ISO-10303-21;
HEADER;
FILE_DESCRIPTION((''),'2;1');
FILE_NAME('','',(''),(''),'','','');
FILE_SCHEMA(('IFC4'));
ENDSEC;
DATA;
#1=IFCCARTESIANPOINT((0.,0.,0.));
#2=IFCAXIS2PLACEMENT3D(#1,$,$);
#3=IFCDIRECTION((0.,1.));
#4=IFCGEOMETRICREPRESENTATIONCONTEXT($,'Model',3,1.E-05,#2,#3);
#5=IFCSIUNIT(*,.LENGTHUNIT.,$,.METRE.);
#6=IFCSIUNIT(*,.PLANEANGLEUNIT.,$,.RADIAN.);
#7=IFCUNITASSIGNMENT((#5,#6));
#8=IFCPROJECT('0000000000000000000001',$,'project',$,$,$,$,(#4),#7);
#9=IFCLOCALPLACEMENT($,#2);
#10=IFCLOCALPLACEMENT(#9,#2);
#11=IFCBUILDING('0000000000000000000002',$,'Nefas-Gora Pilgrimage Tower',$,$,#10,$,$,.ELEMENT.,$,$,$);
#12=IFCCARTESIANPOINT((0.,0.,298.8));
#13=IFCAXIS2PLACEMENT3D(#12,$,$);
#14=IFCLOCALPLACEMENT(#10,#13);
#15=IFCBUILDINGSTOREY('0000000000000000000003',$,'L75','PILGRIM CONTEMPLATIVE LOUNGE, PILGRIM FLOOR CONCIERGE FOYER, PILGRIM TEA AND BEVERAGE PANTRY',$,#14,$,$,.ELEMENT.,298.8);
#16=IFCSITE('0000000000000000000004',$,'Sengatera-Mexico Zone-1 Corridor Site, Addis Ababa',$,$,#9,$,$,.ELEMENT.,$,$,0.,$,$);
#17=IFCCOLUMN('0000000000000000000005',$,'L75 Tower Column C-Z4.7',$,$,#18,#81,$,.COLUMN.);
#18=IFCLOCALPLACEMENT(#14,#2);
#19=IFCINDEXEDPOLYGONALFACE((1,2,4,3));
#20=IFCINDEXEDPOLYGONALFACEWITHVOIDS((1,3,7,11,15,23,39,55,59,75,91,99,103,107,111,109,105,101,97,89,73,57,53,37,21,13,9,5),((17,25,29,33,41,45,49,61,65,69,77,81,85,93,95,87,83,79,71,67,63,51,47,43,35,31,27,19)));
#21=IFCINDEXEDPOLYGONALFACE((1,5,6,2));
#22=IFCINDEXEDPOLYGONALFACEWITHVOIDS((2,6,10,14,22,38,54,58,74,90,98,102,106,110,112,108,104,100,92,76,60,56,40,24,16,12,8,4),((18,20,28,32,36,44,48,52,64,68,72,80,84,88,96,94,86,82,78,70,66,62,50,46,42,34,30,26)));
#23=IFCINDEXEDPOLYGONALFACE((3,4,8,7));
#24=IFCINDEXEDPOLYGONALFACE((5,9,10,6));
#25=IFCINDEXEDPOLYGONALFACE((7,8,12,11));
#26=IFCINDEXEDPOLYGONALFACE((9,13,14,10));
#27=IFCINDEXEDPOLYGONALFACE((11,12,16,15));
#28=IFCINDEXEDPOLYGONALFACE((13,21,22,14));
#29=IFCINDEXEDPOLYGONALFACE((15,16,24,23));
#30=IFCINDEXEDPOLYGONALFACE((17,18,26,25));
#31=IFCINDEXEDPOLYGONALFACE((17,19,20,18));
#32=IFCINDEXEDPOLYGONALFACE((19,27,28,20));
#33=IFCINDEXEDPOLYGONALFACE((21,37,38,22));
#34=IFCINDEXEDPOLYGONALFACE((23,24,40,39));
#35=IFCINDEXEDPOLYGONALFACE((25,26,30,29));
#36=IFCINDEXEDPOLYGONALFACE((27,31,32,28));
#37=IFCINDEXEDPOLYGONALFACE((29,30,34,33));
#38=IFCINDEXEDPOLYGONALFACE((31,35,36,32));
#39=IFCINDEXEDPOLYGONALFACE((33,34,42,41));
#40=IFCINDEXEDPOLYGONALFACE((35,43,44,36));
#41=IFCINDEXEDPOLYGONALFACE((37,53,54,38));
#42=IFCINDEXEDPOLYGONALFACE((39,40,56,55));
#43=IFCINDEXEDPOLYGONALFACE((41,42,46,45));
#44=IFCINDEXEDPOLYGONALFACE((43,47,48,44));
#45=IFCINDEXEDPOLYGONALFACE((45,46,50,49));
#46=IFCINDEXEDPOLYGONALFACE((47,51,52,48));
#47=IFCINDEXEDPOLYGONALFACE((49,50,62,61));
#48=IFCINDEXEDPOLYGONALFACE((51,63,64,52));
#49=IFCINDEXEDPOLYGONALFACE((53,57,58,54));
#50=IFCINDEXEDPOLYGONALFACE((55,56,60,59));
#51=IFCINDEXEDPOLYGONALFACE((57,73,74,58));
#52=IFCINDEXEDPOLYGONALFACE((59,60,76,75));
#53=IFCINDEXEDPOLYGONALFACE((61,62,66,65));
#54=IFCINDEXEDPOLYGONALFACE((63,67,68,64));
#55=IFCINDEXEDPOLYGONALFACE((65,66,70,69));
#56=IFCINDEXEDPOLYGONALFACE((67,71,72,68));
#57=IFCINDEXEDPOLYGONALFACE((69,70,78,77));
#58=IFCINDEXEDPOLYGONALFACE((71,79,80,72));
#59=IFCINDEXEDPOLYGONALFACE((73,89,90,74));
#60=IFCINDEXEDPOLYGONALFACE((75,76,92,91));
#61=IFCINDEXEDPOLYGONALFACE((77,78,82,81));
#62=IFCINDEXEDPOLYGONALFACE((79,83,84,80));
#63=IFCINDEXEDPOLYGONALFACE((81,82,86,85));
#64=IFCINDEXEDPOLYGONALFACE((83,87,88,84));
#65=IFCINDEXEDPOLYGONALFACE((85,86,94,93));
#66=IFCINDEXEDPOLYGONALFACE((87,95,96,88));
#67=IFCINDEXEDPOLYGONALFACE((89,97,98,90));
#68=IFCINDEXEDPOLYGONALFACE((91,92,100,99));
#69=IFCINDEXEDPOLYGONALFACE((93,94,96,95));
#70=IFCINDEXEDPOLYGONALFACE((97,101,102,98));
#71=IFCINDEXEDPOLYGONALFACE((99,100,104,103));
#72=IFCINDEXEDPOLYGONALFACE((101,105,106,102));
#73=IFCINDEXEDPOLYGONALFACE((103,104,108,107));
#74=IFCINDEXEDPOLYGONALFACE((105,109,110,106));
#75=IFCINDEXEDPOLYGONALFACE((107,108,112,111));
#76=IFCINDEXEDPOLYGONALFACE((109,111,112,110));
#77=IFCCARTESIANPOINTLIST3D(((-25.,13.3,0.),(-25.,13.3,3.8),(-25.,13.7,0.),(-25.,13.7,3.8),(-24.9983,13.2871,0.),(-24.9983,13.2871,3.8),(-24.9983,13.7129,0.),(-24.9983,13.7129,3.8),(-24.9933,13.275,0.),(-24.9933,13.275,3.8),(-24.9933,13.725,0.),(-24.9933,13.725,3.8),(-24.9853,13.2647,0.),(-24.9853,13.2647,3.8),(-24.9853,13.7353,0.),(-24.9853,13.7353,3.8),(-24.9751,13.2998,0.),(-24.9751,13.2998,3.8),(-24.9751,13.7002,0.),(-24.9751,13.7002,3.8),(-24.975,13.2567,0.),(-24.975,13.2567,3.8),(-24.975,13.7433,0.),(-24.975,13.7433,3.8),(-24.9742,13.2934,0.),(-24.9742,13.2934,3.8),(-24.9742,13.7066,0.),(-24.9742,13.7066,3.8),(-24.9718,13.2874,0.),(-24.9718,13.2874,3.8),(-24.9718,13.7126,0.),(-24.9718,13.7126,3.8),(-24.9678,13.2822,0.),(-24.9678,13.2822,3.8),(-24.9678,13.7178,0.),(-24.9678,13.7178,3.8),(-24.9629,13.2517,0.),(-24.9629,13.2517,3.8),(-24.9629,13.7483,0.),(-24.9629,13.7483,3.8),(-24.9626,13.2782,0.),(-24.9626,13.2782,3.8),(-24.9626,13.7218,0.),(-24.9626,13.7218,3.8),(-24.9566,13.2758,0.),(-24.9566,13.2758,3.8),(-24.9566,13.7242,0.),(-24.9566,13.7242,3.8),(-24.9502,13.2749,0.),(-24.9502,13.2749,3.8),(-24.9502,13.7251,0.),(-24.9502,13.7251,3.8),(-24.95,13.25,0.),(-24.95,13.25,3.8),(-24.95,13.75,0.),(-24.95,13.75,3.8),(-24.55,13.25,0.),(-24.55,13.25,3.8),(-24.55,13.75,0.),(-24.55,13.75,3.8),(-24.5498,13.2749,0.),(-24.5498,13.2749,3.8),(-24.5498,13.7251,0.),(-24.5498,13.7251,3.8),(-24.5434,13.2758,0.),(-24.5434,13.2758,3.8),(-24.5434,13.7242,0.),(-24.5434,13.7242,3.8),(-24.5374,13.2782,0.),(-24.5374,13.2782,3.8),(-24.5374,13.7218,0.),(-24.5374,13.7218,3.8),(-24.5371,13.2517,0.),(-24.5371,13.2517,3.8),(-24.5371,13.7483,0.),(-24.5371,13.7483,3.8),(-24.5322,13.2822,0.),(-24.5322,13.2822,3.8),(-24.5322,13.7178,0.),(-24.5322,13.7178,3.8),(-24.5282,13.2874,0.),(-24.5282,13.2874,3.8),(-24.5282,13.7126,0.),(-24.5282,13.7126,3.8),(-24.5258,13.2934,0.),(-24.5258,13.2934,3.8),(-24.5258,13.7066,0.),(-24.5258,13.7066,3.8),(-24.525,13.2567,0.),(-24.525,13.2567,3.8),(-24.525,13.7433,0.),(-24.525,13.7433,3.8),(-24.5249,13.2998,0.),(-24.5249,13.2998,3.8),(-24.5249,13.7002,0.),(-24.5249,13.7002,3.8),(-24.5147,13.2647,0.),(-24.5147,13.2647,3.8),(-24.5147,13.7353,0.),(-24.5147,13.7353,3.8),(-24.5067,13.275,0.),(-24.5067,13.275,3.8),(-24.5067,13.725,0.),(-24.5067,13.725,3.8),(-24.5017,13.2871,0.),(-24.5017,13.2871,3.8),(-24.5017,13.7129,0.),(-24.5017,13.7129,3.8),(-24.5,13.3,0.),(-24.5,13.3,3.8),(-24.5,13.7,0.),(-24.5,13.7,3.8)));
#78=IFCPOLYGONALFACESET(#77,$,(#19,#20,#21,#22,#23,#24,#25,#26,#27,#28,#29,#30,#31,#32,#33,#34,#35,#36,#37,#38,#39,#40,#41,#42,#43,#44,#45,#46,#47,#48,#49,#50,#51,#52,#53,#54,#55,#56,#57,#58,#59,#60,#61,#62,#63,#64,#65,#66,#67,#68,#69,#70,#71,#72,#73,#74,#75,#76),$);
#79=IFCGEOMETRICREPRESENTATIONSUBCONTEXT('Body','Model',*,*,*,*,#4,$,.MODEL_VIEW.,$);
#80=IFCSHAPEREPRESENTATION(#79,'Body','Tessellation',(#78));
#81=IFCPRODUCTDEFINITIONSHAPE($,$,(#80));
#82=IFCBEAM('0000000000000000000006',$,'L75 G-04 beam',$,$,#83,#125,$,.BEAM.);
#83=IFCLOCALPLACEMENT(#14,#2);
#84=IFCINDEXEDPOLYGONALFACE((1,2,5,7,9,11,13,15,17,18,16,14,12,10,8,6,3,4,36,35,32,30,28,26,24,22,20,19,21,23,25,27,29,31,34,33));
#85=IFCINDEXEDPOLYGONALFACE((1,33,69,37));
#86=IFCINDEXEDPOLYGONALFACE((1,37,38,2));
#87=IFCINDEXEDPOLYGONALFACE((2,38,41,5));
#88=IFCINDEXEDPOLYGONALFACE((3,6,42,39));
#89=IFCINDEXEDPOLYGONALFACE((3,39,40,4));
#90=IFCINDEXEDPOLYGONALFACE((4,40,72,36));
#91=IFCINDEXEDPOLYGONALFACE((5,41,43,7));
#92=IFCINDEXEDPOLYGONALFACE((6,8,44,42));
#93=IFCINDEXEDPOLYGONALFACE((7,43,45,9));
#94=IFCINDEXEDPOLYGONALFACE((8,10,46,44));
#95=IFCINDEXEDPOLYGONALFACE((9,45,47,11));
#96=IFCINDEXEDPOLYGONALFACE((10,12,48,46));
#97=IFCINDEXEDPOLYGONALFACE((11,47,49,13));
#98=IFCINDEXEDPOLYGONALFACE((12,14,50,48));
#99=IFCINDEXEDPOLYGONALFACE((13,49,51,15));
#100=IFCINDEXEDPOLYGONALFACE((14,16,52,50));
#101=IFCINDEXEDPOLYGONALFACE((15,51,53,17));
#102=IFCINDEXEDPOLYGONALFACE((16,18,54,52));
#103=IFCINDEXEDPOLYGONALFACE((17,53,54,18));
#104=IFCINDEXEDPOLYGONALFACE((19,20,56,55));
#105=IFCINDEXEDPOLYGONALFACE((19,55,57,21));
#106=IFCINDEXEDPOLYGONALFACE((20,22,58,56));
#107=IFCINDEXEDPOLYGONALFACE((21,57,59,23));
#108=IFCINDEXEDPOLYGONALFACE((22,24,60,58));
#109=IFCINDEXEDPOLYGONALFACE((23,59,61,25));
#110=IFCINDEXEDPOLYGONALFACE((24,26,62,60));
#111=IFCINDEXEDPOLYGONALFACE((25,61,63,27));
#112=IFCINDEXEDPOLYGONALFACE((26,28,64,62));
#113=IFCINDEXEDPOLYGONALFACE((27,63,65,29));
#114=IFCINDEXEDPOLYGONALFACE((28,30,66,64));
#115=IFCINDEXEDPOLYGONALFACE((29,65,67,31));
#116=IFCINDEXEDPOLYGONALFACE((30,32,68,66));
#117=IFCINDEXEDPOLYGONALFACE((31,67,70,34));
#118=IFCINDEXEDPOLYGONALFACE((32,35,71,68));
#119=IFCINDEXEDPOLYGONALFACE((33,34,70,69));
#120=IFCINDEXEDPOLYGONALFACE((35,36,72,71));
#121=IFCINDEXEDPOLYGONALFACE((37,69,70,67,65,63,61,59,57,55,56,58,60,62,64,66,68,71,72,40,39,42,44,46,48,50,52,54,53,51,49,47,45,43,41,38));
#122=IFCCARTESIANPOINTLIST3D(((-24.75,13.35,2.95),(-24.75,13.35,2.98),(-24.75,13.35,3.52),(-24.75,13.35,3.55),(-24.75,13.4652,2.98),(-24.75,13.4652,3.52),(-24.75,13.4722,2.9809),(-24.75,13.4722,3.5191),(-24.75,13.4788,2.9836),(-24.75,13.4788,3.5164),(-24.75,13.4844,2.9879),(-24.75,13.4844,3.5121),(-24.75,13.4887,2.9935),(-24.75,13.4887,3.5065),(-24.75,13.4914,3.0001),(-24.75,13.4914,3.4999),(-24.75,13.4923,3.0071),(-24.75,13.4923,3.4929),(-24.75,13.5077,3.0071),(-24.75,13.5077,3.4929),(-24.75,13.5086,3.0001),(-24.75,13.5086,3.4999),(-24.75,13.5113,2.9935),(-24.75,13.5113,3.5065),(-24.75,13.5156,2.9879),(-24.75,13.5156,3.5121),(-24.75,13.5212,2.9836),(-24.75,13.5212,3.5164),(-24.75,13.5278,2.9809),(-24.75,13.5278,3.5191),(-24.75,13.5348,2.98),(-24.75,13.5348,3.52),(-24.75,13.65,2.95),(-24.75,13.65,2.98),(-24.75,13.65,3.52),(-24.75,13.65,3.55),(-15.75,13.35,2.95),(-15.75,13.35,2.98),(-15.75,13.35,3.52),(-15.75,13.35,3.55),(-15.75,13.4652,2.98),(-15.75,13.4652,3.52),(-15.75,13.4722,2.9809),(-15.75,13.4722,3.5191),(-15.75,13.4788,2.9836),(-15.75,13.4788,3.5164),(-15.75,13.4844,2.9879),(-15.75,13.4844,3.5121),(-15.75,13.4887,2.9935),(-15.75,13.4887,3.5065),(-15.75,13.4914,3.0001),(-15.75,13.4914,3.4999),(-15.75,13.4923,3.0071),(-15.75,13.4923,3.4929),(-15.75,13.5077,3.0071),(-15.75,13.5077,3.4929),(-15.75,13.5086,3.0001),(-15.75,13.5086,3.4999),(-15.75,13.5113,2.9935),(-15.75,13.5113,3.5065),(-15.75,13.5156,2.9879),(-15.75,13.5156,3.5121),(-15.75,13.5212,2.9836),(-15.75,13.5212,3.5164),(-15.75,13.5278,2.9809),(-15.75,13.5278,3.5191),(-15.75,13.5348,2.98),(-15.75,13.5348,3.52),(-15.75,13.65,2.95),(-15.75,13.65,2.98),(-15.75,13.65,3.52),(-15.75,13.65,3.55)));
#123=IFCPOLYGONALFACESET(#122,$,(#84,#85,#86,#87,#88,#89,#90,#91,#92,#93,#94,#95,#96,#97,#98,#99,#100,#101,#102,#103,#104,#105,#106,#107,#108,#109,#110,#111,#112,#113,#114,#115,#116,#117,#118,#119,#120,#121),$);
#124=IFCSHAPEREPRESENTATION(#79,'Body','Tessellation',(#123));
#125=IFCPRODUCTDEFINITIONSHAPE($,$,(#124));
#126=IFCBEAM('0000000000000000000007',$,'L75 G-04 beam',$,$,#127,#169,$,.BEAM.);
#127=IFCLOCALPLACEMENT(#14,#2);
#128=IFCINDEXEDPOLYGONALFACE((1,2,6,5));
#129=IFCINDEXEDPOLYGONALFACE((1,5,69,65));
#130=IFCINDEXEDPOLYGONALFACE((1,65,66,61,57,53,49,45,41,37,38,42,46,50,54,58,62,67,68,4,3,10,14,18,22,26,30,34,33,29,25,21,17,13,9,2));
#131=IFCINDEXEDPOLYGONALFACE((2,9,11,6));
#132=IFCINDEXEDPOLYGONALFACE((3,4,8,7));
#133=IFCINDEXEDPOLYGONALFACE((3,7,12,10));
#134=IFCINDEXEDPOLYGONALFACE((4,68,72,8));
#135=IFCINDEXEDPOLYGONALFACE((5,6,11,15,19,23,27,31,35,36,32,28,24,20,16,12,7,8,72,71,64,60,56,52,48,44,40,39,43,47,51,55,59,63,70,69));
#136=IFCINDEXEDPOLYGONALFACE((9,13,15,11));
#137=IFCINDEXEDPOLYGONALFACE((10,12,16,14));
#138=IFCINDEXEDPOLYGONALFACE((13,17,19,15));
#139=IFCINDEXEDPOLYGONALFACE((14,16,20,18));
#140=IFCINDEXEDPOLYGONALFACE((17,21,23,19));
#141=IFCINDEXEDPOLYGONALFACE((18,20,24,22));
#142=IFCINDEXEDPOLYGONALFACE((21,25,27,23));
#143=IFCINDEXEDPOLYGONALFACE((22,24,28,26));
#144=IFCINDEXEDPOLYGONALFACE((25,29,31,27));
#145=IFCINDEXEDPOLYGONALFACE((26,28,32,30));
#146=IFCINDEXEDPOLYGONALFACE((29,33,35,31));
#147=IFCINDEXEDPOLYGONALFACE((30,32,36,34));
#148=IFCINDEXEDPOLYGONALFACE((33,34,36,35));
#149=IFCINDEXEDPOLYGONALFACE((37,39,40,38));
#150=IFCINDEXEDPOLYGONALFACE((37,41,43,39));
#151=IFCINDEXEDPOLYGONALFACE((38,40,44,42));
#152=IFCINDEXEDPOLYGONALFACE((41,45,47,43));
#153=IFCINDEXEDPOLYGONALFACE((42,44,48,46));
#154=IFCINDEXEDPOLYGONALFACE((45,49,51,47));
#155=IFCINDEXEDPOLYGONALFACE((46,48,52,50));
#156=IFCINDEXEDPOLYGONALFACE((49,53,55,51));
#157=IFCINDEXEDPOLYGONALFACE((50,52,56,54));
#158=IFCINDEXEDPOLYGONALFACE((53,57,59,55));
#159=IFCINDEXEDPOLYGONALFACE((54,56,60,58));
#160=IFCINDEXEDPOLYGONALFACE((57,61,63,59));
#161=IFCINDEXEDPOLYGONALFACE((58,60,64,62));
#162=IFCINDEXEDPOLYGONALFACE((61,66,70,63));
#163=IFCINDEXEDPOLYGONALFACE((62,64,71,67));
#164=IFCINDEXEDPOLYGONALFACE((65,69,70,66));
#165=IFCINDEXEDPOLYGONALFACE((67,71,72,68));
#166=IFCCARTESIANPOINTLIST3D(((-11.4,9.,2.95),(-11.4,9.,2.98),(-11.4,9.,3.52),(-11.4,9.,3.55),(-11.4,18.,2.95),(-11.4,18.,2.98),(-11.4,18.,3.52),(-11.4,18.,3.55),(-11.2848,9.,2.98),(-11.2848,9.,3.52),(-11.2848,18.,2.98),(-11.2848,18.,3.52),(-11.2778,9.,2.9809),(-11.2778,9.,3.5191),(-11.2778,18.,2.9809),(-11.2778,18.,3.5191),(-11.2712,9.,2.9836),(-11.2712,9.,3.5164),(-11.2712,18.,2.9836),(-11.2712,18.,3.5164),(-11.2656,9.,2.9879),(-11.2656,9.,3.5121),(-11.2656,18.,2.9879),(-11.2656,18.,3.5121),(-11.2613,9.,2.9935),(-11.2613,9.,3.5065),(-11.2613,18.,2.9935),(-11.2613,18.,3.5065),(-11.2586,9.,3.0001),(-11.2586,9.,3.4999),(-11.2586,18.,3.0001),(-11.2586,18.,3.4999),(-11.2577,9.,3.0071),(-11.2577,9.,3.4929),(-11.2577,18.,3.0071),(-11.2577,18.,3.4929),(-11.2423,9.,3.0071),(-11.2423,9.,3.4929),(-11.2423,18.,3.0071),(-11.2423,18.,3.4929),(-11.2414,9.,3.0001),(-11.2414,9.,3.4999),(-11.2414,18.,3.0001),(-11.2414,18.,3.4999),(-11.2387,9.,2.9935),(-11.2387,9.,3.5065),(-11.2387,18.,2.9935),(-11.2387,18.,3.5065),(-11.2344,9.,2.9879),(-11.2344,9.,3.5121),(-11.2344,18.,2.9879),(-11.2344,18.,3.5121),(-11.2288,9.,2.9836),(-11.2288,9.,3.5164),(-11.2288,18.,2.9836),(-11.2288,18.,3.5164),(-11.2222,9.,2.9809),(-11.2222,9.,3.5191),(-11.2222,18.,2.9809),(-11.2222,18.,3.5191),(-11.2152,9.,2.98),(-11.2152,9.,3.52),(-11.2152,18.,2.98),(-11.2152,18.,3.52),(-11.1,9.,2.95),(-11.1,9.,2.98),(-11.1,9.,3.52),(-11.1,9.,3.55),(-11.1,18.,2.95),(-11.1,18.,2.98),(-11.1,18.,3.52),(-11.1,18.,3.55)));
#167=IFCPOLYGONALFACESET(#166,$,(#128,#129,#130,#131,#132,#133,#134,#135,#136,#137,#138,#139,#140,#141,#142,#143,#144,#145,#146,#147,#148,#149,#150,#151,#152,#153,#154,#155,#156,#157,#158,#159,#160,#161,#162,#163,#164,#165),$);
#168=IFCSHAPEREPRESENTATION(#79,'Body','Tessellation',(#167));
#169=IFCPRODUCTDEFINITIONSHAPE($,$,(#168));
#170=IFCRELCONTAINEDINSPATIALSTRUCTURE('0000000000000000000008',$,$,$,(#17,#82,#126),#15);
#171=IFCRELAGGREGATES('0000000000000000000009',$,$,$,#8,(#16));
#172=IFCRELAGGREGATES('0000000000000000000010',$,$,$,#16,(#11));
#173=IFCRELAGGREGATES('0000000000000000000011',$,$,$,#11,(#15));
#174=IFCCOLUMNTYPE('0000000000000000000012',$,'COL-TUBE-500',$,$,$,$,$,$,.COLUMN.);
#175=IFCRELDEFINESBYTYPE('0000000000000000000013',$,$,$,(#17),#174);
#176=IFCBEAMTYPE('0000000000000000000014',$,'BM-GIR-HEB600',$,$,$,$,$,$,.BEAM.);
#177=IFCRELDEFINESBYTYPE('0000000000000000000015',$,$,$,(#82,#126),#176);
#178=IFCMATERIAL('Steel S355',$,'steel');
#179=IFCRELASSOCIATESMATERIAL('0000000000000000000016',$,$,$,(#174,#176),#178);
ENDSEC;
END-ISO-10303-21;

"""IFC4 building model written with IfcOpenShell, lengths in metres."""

from ifc_helpers import new_model, si_unit, direction, frame, origin, origin_2d, place, context, subcontext, project, spatial, hollow_rectangle, i_section, extrude, source, transform, mapped, material, material_profile, profile_set, type_object, element, save


model = new_model("IFC4")

# Units and contexts
model_context = context("Model", 3, precision=1e-05, world=origin(), true_north=direction((0.0, 1.0)))
body_context = subcontext(model_context, "Body", "Model", "MODEL_VIEW")
ifc_project = project(units=[si_unit("LENGTHUNIT", "METRE"), si_unit("PLANEANGLEUNIT", "RADIAN")], contexts=[model_context])

# Site, building, storey
site_placement = place(None, origin())
site = spatial("IfcSite", under=ifc_project, at=site_placement, Name="Sengatera-Mexico Zone-1 Corridor Site, Addis Ababa", CompositionType="ELEMENT", RefElevation=0.0)
building_placement = place(site_placement, origin())
building = spatial("IfcBuilding", under=site, at=building_placement, Name="Nefas-Gora Pilgrimage Tower", CompositionType="ELEMENT")
storey_placement = place(building_placement, frame((0.0, 0.0, 298.8)))
storey = spatial("IfcBuildingStorey", under=building, at=storey_placement, Name="L75", Description="PILGRIM CONTEMPLATIVE LOUNGE, PILGRIM FLOOR CONCIERGE FOYER, PILGRIM TEA AND BEVERAGE PANTRY", CompositionType="ELEMENT", Elevation=298.8)

# Column
ifc_material_1 = material(Name="Steel S355", Category="steel")
ifc_material_profile_1 = material_profile(ifc_material_1, hollow_rectangle(XDim=0.5, YDim=0.5, WallThickness=0.0249, InnerFilletRadius=0.0249, OuterFilletRadius=0.05, at=origin_2d()), Name="SHS 500x500x25")
ifc_profile_set_1 = profile_set([ifc_material_profile_1], Name="Steel S355")
column_type_1 = type_object("IfcColumnType", Name="COL-TUBE-500", PredefinedType="COLUMN", material=ifc_profile_set_1)
shared_shape_1 = source(origin(), body_context, "Body", "SweptSolid", [
    extrude(hollow_rectangle(XDim=0.5, YDim=0.5, WallThickness=0.0249, InnerFilletRadius=0.0249, OuterFilletRadius=0.05, at=origin_2d()), origin(), (0.0, 0.0, 1.0), 3.8),
])
column_1_placement = place(storey_placement, frame((-24.75, 13.5, 0.0), z_axis=(0.0, 0.0, 1.0), x_axis=(1.0, 0.0, 0.0)))
element("IfcColumn", 1, at=column_1_placement, inside=storey, type_object=column_type_1, Name="L75 Tower Column C-Z4.7", PredefinedType="COLUMN", context=body_context, shape_type="MappedRepresentation", body=[
    mapped(shared_shape_1, transform((0.0, 0.0, 0.0), x_axis=(1.0, 0.0, 0.0), y_axis=(0.0, 1.0, 0.0), z_axis=(0.0, 0.0, 1.0), scale=1.0)),
])

# Beams
ifc_material_profile_2 = material_profile(ifc_material_1, i_section(OverallWidth=0.3, OverallDepth=0.6001, WebThickness=0.0154, FlangeThickness=0.03, FilletRadius=0.0271, at=origin_2d()), Name="HEB 600")
ifc_profile_set_2 = profile_set([ifc_material_profile_2], Name="Steel S355")
beam_type = type_object("IfcBeamType", Name="BM-GIR-HEB600", PredefinedType="BEAM", material=ifc_profile_set_2)
shared_shape_2 = source(origin(), body_context, "Body", "SweptSolid", [
    extrude(i_section(OverallWidth=0.3, OverallDepth=0.6001, WebThickness=0.0154, FlangeThickness=0.03, FilletRadius=0.0271, at=origin_2d()), origin(), (0.0, 0.0, 1.0), 9.0),
])
for number, where, z_axis, x_axis, name in (
    (2, (-24.75, 13.5, 3.25), (1.0, 0.0, 0.0), (0.0, 1.0, 0.0), "L75 G-04 beam"),
    (3, (-11.25, 9.0, 3.25), (0.0, 1.0, 0.0), (-1.0, 0.0, 0.0), "L75 G-04 beam"),
):
    element("IfcBeam", number, at=place(storey_placement, frame(where, z_axis=z_axis, x_axis=x_axis)), inside=storey, type_object=beam_type, Name=name, PredefinedType="BEAM", context=body_context, shape_type="MappedRepresentation", body=[
        mapped(shared_shape_2, transform((0.0, 0.0, 0.0), x_axis=(1.0, 0.0, 0.0), y_axis=(0.0, 1.0, 0.0), z_axis=(0.0, 0.0, 1.0), scale=1.0)),
    ])

save(model, "model.ifc")
